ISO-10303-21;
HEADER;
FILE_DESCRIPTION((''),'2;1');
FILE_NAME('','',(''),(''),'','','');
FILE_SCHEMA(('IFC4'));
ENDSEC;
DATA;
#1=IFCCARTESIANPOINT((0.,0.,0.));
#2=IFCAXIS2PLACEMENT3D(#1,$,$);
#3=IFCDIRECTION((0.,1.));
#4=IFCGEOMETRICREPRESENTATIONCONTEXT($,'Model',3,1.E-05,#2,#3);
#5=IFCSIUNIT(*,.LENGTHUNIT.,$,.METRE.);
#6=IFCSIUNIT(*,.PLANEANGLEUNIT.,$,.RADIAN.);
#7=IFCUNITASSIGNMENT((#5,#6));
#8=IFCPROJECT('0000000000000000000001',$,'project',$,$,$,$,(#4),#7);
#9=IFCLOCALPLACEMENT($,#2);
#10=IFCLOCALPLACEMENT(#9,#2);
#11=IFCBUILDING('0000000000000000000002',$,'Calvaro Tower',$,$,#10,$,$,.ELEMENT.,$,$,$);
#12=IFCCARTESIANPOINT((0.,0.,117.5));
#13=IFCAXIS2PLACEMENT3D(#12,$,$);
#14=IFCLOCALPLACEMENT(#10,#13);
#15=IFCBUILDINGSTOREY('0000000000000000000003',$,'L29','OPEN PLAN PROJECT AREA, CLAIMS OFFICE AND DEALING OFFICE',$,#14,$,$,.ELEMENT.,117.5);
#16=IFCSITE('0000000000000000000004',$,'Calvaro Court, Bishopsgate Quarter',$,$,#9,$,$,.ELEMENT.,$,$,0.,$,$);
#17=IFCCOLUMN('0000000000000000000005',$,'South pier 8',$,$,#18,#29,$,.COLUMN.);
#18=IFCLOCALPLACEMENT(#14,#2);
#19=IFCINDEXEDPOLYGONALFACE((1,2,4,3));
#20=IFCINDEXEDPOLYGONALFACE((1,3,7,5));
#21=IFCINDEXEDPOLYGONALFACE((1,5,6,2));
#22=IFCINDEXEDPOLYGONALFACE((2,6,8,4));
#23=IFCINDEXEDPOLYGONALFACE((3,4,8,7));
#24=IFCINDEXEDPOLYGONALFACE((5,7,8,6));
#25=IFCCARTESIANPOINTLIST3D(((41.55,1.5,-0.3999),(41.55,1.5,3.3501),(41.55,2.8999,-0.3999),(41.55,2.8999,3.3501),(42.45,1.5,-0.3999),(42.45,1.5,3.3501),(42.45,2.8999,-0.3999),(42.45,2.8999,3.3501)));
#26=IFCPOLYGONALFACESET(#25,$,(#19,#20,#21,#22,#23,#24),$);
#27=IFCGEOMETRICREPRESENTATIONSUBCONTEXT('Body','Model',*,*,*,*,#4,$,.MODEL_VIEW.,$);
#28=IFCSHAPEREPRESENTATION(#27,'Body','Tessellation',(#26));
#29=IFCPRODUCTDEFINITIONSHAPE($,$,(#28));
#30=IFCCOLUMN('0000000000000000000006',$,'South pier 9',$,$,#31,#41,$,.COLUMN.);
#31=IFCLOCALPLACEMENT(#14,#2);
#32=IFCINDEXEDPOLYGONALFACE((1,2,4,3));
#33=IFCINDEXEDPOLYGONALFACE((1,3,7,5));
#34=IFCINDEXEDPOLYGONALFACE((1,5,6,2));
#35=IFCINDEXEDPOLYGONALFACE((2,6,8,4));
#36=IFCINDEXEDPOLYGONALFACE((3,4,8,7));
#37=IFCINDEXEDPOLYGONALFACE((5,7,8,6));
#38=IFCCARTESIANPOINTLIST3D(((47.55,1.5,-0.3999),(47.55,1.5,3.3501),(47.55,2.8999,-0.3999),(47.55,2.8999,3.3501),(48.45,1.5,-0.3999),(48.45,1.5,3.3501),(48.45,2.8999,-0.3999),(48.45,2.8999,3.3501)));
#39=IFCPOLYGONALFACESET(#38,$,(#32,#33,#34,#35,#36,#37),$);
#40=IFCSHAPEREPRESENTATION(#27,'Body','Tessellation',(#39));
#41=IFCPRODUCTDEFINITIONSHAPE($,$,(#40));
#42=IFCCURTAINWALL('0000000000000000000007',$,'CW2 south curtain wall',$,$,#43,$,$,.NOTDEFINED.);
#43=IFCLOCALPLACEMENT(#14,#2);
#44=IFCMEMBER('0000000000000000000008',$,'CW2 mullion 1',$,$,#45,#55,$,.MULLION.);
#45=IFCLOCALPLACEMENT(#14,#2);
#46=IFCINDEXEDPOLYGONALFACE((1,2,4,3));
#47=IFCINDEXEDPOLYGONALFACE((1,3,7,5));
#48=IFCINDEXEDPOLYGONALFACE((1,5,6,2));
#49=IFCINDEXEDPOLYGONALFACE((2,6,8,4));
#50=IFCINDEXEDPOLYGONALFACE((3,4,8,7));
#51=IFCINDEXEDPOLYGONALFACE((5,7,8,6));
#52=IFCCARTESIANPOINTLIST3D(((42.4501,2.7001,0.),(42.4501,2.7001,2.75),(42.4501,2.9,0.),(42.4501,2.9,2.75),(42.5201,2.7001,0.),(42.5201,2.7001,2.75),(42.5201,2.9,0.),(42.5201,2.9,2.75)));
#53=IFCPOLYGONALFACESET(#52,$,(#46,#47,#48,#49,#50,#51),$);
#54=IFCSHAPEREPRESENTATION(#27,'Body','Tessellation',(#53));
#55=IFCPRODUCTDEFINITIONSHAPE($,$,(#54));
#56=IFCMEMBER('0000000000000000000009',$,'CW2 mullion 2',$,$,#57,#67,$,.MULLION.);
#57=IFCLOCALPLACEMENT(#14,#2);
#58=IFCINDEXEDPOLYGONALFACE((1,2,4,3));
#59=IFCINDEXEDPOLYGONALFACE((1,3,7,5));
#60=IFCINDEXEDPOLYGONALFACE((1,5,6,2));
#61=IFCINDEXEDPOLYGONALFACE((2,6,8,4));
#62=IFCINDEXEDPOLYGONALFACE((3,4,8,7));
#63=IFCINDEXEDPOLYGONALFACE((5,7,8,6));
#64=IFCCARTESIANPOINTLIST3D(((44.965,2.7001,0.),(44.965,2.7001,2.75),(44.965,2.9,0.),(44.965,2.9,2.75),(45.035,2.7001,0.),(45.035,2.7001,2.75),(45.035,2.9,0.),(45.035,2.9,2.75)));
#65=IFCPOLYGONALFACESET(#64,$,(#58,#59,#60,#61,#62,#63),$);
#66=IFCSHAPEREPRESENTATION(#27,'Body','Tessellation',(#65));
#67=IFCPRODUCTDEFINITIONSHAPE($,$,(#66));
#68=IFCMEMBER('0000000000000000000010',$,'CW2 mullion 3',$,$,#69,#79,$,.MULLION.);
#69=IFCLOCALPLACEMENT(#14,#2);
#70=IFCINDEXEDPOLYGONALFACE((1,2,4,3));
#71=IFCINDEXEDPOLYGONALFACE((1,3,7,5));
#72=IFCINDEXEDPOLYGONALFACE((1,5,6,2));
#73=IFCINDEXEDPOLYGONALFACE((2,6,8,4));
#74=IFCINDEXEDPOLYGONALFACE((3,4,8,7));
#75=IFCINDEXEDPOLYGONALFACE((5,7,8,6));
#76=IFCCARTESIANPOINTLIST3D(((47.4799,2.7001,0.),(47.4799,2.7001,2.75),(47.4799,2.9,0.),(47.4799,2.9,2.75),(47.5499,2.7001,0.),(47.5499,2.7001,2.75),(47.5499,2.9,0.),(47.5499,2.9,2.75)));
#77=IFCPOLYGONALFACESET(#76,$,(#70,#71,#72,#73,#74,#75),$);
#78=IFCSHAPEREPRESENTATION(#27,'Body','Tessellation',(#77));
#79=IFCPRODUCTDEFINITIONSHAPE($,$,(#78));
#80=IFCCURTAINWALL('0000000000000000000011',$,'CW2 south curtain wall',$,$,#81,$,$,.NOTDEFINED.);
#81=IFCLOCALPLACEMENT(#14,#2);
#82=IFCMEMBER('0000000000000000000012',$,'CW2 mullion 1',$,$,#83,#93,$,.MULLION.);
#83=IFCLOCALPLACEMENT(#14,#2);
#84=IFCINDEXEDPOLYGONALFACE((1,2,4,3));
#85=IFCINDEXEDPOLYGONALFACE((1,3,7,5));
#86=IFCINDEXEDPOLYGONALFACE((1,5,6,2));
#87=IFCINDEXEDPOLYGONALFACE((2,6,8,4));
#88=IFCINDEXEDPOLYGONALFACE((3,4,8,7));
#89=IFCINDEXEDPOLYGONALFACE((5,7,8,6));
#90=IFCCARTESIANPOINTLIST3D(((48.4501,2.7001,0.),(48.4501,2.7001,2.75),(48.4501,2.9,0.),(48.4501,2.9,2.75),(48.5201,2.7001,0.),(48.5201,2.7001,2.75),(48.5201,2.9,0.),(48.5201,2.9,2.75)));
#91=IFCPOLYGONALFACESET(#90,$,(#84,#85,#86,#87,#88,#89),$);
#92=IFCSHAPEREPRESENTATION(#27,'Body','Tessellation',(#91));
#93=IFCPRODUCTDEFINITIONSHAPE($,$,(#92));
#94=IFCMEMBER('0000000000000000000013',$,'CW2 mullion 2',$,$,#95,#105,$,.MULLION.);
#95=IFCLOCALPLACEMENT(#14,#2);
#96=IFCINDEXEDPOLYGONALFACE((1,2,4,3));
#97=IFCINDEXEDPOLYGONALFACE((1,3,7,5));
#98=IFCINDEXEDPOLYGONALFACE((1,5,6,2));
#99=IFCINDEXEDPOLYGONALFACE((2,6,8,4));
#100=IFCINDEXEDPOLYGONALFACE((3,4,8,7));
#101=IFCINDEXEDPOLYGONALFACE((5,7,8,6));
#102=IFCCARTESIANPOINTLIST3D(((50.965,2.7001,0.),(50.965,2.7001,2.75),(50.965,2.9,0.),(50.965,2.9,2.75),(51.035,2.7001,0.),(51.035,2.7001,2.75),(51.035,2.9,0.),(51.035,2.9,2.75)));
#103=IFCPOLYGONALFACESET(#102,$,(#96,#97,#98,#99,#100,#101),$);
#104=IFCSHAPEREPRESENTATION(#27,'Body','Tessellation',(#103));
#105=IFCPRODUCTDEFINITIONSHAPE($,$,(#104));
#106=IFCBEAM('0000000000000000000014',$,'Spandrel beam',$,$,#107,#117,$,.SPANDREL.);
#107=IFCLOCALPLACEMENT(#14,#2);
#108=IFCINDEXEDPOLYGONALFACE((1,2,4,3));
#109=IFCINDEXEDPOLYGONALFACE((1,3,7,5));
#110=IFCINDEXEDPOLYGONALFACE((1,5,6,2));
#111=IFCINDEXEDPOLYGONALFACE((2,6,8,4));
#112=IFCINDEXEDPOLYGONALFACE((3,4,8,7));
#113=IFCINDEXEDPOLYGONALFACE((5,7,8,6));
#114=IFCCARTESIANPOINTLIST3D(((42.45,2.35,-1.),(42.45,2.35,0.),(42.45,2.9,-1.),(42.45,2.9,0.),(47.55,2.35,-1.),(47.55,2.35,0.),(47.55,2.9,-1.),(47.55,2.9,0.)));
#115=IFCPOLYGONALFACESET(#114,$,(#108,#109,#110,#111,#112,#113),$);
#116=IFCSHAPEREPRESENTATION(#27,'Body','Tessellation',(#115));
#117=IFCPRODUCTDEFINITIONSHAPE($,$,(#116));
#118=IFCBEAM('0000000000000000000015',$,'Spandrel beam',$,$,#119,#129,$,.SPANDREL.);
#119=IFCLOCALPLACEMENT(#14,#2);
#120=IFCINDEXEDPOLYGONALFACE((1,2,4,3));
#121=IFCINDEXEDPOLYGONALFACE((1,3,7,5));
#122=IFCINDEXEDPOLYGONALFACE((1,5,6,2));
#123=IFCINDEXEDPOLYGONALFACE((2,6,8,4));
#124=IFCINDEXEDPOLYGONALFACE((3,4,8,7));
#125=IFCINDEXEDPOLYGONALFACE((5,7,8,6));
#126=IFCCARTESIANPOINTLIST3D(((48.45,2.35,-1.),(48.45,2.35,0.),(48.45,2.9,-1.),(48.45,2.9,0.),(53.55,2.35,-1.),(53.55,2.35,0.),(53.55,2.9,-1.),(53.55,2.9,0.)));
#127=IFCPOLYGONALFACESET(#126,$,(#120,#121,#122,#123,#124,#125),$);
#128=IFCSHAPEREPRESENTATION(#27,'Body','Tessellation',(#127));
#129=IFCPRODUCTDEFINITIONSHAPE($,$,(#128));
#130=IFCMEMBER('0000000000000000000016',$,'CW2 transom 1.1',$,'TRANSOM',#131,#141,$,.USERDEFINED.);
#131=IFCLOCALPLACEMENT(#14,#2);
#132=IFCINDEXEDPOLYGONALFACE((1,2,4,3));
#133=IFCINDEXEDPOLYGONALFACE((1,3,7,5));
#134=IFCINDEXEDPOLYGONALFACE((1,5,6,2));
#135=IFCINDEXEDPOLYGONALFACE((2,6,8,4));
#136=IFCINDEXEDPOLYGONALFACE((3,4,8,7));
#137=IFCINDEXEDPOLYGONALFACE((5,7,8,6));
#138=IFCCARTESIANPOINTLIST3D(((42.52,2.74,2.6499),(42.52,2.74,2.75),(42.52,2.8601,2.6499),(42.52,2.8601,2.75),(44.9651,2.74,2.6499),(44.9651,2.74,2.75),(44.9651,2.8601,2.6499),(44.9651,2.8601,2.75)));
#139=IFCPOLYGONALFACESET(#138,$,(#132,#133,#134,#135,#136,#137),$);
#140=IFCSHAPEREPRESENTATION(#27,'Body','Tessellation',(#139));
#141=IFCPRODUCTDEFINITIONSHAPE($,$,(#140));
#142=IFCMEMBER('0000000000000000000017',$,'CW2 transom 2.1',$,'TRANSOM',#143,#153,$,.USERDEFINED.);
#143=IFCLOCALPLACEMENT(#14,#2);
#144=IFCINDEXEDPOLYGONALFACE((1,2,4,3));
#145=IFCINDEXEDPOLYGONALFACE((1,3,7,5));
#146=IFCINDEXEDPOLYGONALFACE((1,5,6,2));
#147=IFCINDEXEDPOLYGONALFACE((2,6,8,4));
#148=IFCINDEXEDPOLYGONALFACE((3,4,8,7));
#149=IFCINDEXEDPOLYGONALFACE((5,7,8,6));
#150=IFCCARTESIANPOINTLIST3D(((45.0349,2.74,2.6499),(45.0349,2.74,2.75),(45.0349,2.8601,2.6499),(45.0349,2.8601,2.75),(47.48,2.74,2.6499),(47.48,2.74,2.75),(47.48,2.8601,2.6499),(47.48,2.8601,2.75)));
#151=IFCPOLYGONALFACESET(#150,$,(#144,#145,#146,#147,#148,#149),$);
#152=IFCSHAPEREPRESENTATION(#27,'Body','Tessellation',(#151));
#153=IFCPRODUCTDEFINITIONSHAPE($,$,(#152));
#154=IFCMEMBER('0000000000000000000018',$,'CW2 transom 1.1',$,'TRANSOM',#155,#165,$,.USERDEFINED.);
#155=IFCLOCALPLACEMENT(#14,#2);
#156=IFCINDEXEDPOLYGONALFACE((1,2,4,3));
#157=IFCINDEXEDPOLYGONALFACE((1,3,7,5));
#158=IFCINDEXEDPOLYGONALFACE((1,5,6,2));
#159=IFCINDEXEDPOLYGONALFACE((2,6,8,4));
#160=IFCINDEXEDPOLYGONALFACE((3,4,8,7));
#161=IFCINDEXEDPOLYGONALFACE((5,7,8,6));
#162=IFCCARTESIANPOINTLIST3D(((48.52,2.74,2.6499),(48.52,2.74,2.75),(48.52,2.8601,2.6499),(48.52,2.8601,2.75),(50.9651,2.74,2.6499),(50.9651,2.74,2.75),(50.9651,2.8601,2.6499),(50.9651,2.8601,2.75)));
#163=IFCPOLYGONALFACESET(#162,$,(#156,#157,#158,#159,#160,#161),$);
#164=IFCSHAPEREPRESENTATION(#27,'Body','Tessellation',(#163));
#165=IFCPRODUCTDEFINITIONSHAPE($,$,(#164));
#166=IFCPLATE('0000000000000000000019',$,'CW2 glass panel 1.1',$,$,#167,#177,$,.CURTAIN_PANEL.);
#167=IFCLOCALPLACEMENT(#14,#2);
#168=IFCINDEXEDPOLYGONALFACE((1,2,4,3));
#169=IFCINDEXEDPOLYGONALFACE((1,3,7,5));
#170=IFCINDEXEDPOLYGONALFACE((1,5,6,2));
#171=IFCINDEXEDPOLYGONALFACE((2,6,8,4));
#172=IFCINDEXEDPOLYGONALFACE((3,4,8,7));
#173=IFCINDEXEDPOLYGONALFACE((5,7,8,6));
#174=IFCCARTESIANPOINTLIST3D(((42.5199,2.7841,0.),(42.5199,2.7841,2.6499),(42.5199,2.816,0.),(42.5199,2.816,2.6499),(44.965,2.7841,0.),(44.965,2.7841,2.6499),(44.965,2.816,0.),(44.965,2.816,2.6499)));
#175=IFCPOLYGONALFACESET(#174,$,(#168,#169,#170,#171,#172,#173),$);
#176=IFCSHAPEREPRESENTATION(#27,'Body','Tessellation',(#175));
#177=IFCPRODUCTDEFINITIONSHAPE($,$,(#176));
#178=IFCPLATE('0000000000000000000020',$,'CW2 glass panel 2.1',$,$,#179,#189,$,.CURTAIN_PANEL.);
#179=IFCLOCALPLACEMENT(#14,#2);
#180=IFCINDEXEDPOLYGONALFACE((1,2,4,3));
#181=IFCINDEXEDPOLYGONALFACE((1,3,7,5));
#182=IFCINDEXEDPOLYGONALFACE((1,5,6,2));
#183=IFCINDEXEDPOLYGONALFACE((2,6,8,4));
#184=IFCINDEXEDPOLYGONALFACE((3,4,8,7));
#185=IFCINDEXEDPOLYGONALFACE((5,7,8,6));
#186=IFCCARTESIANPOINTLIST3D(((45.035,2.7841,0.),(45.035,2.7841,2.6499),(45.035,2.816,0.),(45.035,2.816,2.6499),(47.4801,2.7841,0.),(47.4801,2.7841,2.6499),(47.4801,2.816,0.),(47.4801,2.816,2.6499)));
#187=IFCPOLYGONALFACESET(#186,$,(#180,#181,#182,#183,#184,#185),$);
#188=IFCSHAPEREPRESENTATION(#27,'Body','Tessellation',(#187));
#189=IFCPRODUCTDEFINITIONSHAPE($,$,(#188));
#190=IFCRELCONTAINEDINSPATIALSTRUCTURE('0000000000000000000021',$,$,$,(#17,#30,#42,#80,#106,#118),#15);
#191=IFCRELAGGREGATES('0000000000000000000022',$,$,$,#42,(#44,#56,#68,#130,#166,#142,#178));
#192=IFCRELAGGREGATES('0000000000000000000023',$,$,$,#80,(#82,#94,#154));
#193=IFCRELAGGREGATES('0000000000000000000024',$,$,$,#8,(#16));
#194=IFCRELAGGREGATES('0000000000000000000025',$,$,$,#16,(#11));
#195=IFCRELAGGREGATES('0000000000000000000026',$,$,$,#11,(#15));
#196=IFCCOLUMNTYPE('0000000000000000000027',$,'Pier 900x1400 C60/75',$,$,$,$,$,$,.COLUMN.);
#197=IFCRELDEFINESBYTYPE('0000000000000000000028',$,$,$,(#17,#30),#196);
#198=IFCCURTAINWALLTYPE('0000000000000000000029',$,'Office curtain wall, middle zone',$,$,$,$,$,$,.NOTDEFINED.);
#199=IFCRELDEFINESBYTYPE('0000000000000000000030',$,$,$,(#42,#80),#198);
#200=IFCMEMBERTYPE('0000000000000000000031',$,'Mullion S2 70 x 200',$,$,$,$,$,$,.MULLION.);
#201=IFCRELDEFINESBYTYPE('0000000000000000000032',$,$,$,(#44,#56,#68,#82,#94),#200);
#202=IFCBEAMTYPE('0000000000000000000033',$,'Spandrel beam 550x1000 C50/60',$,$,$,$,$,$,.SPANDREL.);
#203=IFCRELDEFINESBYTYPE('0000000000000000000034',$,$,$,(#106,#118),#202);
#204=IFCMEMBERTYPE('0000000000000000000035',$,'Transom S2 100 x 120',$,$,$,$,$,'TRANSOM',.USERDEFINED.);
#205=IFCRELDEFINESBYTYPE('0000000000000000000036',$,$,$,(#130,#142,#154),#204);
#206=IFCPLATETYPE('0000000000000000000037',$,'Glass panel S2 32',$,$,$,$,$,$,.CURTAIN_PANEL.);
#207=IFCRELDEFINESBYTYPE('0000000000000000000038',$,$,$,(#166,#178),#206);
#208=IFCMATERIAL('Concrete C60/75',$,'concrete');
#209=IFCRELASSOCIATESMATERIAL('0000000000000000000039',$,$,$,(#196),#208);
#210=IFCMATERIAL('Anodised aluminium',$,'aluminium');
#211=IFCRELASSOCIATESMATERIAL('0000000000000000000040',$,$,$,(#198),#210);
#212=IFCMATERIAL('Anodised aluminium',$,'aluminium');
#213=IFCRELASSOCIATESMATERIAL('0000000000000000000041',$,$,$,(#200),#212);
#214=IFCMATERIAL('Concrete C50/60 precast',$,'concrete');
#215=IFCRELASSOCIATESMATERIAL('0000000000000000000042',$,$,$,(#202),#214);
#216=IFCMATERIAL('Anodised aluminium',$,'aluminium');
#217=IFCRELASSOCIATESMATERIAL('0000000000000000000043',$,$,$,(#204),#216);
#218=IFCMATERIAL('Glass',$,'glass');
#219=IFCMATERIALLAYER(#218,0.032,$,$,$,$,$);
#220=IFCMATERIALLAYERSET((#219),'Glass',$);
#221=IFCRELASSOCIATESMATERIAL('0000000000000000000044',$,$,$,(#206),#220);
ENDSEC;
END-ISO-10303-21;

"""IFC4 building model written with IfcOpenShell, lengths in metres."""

from ifc_helpers import new_model, si_unit, direction, frame, origin, origin_2d, place, context, subcontext, project, spatial, rectangle, extrude, material, layer, layer_set, material_profile, profile_set, type_object, element, aggregate, save


model = new_model("IFC4")

# Units and contexts
model_context = context("Model", 3, precision=1e-05, world=origin(), true_north=direction((0.0, 1.0)))
body_context = subcontext(model_context, "Body", "Model", "MODEL_VIEW")
ifc_project = project(units=[si_unit("LENGTHUNIT", "METRE"), si_unit("PLANEANGLEUNIT", "RADIAN")], contexts=[model_context])

# Site, building, storey
site_placement = place(None, origin())
site = spatial("IfcSite", under=ifc_project, at=site_placement, Name="Calvaro Court, Bishopsgate Quarter", CompositionType="ELEMENT", RefElevation=0.0)
building_placement = place(site_placement, origin())
building = spatial("IfcBuilding", under=site, at=building_placement, Name="Calvaro Tower", CompositionType="ELEMENT")
storey_placement = place(building_placement, frame((0.0, 0.0, 117.5)))
storey = spatial("IfcBuildingStorey", under=building, at=storey_placement, Name="L29", Description="OPEN PLAN PROJECT AREA, CLAIMS OFFICE AND DEALING OFFICE", CompositionType="ELEMENT", Elevation=117.5)

# Columns
ifc_material_1 = material(Name="Concrete C60/75", Category="concrete")
ifc_material_profile_1 = material_profile(ifc_material_1, rectangle(XDim=0.8999, YDim=1.3999, at=origin_2d()), Name="RC 900x1400")
ifc_profile_set_1 = profile_set([ifc_material_profile_1], Name="Concrete C60/75")
column_type = type_object("IfcColumnType", Name="Pier 900x1400 C60/75", PredefinedType="COLUMN", material=ifc_profile_set_1)
for number, where, z_axis, x_axis, name in (
    (1, (42.0, 2.2, -0.3999), (0.0, 0.0, 1.0), (1.0, 0.0, 0.0), "South pier 8"),
    (2, (48.0, 2.2, -0.3999), (0.0, 0.0, 1.0), (1.0, 0.0, 0.0), "South pier 9"),
):
    element("IfcColumn", number, at=place(storey_placement, frame(where, z_axis=z_axis, x_axis=x_axis)), inside=storey, type_object=column_type, Name=name, PredefinedType="COLUMN", context=body_context, shape_type="SweptSolid", body=[
        extrude(rectangle(XDim=0.8999, YDim=1.3999, at=origin_2d()), origin(), (0.0, 0.0, 1.0), 3.75),
    ])

# Curtain walls, members
ifc_material_2 = material(Name="Anodised aluminium", Category="aluminium")
curtain_wall_type = type_object("IfcCurtainWallType", Name="Office curtain wall, middle zone", PredefinedType="NOTDEFINED", material=ifc_material_2)
curtain_wall_1_placement = place(storey_placement, origin())
curtain_wall_1 = element("IfcCurtainWall", 3, at=curtain_wall_1_placement, inside=storey, type_object=curtain_wall_type, Name="CW2 south curtain wall", PredefinedType="NOTDEFINED")
ifc_material_3 = material(Name="Anodised aluminium", Category="aluminium")
ifc_material_profile_2 = material_profile(ifc_material_3, rectangle(XDim=0.2, YDim=0.0701, at=origin_2d()), Name="Mullion S2 70 x 200")
ifc_profile_set_2 = profile_set([ifc_material_profile_2], Name="Anodised aluminium")
member_type_1 = type_object("IfcMemberType", Name="Mullion S2 70 x 200", PredefinedType="MULLION", material=ifc_profile_set_2)
member_1_placement = place(storey_placement, frame((42.4851, 2.8, 0.0), z_axis=(0.0, 0.0, 1.0), x_axis=(0.0, 1.0, 0.0)))
member_1 = element("IfcMember", 4, at=member_1_placement, type_object=member_type_1, Name="CW2 mullion 1", PredefinedType="MULLION", context=body_context, shape_type="SweptSolid", body=[
    extrude(rectangle(XDim=0.2, YDim=0.0701, at=origin_2d()), origin(), (0.0, 0.0, 1.0), 2.75),
])
member_2_placement = place(storey_placement, frame((45.0, 2.8, 0.0), z_axis=(0.0, 0.0, 1.0), x_axis=(0.0, 1.0, 0.0)))
member_2 = element("IfcMember", 5, at=member_2_placement, type_object=member_type_1, Name="CW2 mullion 2", PredefinedType="MULLION", context=body_context, shape_type="SweptSolid", body=[
    extrude(rectangle(XDim=0.2, YDim=0.0701, at=origin_2d()), origin(), (0.0, 0.0, 1.0), 2.75),
])
member_3_placement = place(storey_placement, frame((47.5149, 2.8, 0.0), z_axis=(0.0, 0.0, 1.0), x_axis=(0.0, 1.0, 0.0)))
member_3 = element("IfcMember", 6, at=member_3_placement, type_object=member_type_1, Name="CW2 mullion 3", PredefinedType="MULLION", context=body_context, shape_type="SweptSolid", body=[
    extrude(rectangle(XDim=0.2, YDim=0.0701, at=origin_2d()), origin(), (0.0, 0.0, 1.0), 2.75),
])
curtain_wall_2_placement = place(storey_placement, origin())
curtain_wall_2 = element("IfcCurtainWall", 7, at=curtain_wall_2_placement, inside=storey, type_object=curtain_wall_type, Name="CW2 south curtain wall", PredefinedType="NOTDEFINED")
member_4_placement = place(storey_placement, frame((48.4851, 2.8, 0.0), z_axis=(0.0, 0.0, 1.0), x_axis=(0.0, 1.0, 0.0)))
member_4 = element("IfcMember", 8, at=member_4_placement, type_object=member_type_1, Name="CW2 mullion 1", PredefinedType="MULLION", context=body_context, shape_type="SweptSolid", body=[
    extrude(rectangle(XDim=0.2, YDim=0.0701, at=origin_2d()), origin(), (0.0, 0.0, 1.0), 2.75),
])
member_5_placement = place(storey_placement, frame((51.0, 2.8, 0.0), z_axis=(0.0, 0.0, 1.0), x_axis=(0.0, 1.0, 0.0)))
member_5 = element("IfcMember", 9, at=member_5_placement, type_object=member_type_1, Name="CW2 mullion 2", PredefinedType="MULLION", context=body_context, shape_type="SweptSolid", body=[
    extrude(rectangle(XDim=0.2, YDim=0.0701, at=origin_2d()), origin(), (0.0, 0.0, 1.0), 2.75),
])

# Beams
ifc_material_4 = material(Name="Concrete C50/60 precast", Category="concrete")
ifc_material_profile_3 = material_profile(ifc_material_4, rectangle(XDim=0.55, YDim=1.0, at=origin_2d()), Name="RC 550x1000")
ifc_profile_set_3 = profile_set([ifc_material_profile_3], Name="Concrete C50/60 precast")
beam_type = type_object("IfcBeamType", Name="Spandrel beam 550x1000 C50/60", PredefinedType="SPANDREL", material=ifc_profile_set_3)
for number, where, z_axis, x_axis, name in (
    (10, (42.45, 2.625, -0.5), (1.0, 0.0, 0.0), (0.0, 1.0, 0.0), "Spandrel beam"),
    (11, (48.45, 2.625, -0.5), (1.0, 0.0, 0.0), (0.0, 1.0, 0.0), "Spandrel beam"),
):
    element("IfcBeam", number, at=place(storey_placement, frame(where, z_axis=z_axis, x_axis=x_axis)), inside=storey, type_object=beam_type, Name=name, PredefinedType="SPANDREL", context=body_context, shape_type="SweptSolid", body=[
        extrude(rectangle(XDim=0.55, YDim=1.0, at=origin_2d()), origin(), (0.0, 0.0, 1.0), 5.1001),
    ])

# Members
ifc_material_5 = material(Name="Anodised aluminium", Category="aluminium")
ifc_material_profile_4 = material_profile(ifc_material_5, rectangle(XDim=0.1201, YDim=0.1001, at=origin_2d()), Name="Transom S2 100 x 120")
ifc_profile_set_4 = profile_set([ifc_material_profile_4], Name="Anodised aluminium")
member_type_2 = type_object("IfcMemberType", Name="Transom S2 100 x 120", ElementType="TRANSOM", PredefinedType="USERDEFINED", material=ifc_profile_set_4)
member_6_placement = place(storey_placement, frame((42.52, 2.8, 2.7), z_axis=(1.0, 0.0, 0.0), x_axis=(0.0, 1.0, 0.0)))
member_6 = element("IfcMember", 12, at=member_6_placement, type_object=member_type_2, Name="CW2 transom 1.1", ObjectType="TRANSOM", PredefinedType="USERDEFINED", context=body_context, shape_type="SweptSolid", body=[
    extrude(rectangle(XDim=0.1201, YDim=0.1001, at=origin_2d()), origin(), (0.0, 0.0, 1.0), 2.4451),
])
member_7_placement = place(storey_placement, frame((45.0349, 2.8, 2.7), z_axis=(1.0, 0.0, 0.0), x_axis=(0.0, 1.0, 0.0)))
member_7 = element("IfcMember", 13, at=member_7_placement, type_object=member_type_2, Name="CW2 transom 2.1", ObjectType="TRANSOM", PredefinedType="USERDEFINED", context=body_context, shape_type="SweptSolid", body=[
    extrude(rectangle(XDim=0.1201, YDim=0.1001, at=origin_2d()), origin(), (0.0, 0.0, 1.0), 2.4451),
])
member_8_placement = place(storey_placement, frame((48.52, 2.8, 2.7), z_axis=(1.0, 0.0, 0.0), x_axis=(0.0, 1.0, 0.0)))
member_8 = element("IfcMember", 14, at=member_8_placement, type_object=member_type_2, Name="CW2 transom 1.1", ObjectType="TRANSOM", PredefinedType="USERDEFINED", context=body_context, shape_type="SweptSolid", body=[
    extrude(rectangle(XDim=0.1201, YDim=0.1001, at=origin_2d()), origin(), (0.0, 0.0, 1.0), 2.4451),
])

# Plates
ifc_material_6 = material(Name="Glass", Category="glass")
ifc_layer = layer(ifc_material_6, 0.032)
ifc_layer_set = layer_set([ifc_layer], Name="Glass")
plate_type = type_object("IfcPlateType", Name="Glass panel S2 32", PredefinedType="CURTAIN_PANEL", material=ifc_layer_set)
plate_1_placement = place(storey_placement, frame((43.7424, 2.8, 0.0), z_axis=(0.0, 0.0, 1.0), x_axis=(1.0, 0.0, 0.0)))
plate_1 = element("IfcPlate", 15, at=plate_1_placement, type_object=plate_type, Name="CW2 glass panel 1.1", PredefinedType="CURTAIN_PANEL", context=body_context, shape_type="SweptSolid", body=[
    extrude(rectangle(XDim=2.4451, YDim=0.032, at=origin_2d()), origin(), (0.0, 0.0, 1.0), 2.6499),
])
plate_2_placement = place(storey_placement, frame((46.2576, 2.8, 0.0), z_axis=(0.0, 0.0, 1.0), x_axis=(1.0, 0.0, 0.0)))
plate_2 = element("IfcPlate", 16, at=plate_2_placement, type_object=plate_type, Name="CW2 glass panel 2.1", PredefinedType="CURTAIN_PANEL", context=body_context, shape_type="SweptSolid", body=[
    extrude(rectangle(XDim=2.4451, YDim=0.032, at=origin_2d()), origin(), (0.0, 0.0, 1.0), 2.6499),
])
aggregate(curtain_wall_1, [member_1, member_2, member_3, member_6, plate_1, member_7, plate_2])
aggregate(curtain_wall_2, [member_4, member_5, member_8])

save(model, "model.ifc")
